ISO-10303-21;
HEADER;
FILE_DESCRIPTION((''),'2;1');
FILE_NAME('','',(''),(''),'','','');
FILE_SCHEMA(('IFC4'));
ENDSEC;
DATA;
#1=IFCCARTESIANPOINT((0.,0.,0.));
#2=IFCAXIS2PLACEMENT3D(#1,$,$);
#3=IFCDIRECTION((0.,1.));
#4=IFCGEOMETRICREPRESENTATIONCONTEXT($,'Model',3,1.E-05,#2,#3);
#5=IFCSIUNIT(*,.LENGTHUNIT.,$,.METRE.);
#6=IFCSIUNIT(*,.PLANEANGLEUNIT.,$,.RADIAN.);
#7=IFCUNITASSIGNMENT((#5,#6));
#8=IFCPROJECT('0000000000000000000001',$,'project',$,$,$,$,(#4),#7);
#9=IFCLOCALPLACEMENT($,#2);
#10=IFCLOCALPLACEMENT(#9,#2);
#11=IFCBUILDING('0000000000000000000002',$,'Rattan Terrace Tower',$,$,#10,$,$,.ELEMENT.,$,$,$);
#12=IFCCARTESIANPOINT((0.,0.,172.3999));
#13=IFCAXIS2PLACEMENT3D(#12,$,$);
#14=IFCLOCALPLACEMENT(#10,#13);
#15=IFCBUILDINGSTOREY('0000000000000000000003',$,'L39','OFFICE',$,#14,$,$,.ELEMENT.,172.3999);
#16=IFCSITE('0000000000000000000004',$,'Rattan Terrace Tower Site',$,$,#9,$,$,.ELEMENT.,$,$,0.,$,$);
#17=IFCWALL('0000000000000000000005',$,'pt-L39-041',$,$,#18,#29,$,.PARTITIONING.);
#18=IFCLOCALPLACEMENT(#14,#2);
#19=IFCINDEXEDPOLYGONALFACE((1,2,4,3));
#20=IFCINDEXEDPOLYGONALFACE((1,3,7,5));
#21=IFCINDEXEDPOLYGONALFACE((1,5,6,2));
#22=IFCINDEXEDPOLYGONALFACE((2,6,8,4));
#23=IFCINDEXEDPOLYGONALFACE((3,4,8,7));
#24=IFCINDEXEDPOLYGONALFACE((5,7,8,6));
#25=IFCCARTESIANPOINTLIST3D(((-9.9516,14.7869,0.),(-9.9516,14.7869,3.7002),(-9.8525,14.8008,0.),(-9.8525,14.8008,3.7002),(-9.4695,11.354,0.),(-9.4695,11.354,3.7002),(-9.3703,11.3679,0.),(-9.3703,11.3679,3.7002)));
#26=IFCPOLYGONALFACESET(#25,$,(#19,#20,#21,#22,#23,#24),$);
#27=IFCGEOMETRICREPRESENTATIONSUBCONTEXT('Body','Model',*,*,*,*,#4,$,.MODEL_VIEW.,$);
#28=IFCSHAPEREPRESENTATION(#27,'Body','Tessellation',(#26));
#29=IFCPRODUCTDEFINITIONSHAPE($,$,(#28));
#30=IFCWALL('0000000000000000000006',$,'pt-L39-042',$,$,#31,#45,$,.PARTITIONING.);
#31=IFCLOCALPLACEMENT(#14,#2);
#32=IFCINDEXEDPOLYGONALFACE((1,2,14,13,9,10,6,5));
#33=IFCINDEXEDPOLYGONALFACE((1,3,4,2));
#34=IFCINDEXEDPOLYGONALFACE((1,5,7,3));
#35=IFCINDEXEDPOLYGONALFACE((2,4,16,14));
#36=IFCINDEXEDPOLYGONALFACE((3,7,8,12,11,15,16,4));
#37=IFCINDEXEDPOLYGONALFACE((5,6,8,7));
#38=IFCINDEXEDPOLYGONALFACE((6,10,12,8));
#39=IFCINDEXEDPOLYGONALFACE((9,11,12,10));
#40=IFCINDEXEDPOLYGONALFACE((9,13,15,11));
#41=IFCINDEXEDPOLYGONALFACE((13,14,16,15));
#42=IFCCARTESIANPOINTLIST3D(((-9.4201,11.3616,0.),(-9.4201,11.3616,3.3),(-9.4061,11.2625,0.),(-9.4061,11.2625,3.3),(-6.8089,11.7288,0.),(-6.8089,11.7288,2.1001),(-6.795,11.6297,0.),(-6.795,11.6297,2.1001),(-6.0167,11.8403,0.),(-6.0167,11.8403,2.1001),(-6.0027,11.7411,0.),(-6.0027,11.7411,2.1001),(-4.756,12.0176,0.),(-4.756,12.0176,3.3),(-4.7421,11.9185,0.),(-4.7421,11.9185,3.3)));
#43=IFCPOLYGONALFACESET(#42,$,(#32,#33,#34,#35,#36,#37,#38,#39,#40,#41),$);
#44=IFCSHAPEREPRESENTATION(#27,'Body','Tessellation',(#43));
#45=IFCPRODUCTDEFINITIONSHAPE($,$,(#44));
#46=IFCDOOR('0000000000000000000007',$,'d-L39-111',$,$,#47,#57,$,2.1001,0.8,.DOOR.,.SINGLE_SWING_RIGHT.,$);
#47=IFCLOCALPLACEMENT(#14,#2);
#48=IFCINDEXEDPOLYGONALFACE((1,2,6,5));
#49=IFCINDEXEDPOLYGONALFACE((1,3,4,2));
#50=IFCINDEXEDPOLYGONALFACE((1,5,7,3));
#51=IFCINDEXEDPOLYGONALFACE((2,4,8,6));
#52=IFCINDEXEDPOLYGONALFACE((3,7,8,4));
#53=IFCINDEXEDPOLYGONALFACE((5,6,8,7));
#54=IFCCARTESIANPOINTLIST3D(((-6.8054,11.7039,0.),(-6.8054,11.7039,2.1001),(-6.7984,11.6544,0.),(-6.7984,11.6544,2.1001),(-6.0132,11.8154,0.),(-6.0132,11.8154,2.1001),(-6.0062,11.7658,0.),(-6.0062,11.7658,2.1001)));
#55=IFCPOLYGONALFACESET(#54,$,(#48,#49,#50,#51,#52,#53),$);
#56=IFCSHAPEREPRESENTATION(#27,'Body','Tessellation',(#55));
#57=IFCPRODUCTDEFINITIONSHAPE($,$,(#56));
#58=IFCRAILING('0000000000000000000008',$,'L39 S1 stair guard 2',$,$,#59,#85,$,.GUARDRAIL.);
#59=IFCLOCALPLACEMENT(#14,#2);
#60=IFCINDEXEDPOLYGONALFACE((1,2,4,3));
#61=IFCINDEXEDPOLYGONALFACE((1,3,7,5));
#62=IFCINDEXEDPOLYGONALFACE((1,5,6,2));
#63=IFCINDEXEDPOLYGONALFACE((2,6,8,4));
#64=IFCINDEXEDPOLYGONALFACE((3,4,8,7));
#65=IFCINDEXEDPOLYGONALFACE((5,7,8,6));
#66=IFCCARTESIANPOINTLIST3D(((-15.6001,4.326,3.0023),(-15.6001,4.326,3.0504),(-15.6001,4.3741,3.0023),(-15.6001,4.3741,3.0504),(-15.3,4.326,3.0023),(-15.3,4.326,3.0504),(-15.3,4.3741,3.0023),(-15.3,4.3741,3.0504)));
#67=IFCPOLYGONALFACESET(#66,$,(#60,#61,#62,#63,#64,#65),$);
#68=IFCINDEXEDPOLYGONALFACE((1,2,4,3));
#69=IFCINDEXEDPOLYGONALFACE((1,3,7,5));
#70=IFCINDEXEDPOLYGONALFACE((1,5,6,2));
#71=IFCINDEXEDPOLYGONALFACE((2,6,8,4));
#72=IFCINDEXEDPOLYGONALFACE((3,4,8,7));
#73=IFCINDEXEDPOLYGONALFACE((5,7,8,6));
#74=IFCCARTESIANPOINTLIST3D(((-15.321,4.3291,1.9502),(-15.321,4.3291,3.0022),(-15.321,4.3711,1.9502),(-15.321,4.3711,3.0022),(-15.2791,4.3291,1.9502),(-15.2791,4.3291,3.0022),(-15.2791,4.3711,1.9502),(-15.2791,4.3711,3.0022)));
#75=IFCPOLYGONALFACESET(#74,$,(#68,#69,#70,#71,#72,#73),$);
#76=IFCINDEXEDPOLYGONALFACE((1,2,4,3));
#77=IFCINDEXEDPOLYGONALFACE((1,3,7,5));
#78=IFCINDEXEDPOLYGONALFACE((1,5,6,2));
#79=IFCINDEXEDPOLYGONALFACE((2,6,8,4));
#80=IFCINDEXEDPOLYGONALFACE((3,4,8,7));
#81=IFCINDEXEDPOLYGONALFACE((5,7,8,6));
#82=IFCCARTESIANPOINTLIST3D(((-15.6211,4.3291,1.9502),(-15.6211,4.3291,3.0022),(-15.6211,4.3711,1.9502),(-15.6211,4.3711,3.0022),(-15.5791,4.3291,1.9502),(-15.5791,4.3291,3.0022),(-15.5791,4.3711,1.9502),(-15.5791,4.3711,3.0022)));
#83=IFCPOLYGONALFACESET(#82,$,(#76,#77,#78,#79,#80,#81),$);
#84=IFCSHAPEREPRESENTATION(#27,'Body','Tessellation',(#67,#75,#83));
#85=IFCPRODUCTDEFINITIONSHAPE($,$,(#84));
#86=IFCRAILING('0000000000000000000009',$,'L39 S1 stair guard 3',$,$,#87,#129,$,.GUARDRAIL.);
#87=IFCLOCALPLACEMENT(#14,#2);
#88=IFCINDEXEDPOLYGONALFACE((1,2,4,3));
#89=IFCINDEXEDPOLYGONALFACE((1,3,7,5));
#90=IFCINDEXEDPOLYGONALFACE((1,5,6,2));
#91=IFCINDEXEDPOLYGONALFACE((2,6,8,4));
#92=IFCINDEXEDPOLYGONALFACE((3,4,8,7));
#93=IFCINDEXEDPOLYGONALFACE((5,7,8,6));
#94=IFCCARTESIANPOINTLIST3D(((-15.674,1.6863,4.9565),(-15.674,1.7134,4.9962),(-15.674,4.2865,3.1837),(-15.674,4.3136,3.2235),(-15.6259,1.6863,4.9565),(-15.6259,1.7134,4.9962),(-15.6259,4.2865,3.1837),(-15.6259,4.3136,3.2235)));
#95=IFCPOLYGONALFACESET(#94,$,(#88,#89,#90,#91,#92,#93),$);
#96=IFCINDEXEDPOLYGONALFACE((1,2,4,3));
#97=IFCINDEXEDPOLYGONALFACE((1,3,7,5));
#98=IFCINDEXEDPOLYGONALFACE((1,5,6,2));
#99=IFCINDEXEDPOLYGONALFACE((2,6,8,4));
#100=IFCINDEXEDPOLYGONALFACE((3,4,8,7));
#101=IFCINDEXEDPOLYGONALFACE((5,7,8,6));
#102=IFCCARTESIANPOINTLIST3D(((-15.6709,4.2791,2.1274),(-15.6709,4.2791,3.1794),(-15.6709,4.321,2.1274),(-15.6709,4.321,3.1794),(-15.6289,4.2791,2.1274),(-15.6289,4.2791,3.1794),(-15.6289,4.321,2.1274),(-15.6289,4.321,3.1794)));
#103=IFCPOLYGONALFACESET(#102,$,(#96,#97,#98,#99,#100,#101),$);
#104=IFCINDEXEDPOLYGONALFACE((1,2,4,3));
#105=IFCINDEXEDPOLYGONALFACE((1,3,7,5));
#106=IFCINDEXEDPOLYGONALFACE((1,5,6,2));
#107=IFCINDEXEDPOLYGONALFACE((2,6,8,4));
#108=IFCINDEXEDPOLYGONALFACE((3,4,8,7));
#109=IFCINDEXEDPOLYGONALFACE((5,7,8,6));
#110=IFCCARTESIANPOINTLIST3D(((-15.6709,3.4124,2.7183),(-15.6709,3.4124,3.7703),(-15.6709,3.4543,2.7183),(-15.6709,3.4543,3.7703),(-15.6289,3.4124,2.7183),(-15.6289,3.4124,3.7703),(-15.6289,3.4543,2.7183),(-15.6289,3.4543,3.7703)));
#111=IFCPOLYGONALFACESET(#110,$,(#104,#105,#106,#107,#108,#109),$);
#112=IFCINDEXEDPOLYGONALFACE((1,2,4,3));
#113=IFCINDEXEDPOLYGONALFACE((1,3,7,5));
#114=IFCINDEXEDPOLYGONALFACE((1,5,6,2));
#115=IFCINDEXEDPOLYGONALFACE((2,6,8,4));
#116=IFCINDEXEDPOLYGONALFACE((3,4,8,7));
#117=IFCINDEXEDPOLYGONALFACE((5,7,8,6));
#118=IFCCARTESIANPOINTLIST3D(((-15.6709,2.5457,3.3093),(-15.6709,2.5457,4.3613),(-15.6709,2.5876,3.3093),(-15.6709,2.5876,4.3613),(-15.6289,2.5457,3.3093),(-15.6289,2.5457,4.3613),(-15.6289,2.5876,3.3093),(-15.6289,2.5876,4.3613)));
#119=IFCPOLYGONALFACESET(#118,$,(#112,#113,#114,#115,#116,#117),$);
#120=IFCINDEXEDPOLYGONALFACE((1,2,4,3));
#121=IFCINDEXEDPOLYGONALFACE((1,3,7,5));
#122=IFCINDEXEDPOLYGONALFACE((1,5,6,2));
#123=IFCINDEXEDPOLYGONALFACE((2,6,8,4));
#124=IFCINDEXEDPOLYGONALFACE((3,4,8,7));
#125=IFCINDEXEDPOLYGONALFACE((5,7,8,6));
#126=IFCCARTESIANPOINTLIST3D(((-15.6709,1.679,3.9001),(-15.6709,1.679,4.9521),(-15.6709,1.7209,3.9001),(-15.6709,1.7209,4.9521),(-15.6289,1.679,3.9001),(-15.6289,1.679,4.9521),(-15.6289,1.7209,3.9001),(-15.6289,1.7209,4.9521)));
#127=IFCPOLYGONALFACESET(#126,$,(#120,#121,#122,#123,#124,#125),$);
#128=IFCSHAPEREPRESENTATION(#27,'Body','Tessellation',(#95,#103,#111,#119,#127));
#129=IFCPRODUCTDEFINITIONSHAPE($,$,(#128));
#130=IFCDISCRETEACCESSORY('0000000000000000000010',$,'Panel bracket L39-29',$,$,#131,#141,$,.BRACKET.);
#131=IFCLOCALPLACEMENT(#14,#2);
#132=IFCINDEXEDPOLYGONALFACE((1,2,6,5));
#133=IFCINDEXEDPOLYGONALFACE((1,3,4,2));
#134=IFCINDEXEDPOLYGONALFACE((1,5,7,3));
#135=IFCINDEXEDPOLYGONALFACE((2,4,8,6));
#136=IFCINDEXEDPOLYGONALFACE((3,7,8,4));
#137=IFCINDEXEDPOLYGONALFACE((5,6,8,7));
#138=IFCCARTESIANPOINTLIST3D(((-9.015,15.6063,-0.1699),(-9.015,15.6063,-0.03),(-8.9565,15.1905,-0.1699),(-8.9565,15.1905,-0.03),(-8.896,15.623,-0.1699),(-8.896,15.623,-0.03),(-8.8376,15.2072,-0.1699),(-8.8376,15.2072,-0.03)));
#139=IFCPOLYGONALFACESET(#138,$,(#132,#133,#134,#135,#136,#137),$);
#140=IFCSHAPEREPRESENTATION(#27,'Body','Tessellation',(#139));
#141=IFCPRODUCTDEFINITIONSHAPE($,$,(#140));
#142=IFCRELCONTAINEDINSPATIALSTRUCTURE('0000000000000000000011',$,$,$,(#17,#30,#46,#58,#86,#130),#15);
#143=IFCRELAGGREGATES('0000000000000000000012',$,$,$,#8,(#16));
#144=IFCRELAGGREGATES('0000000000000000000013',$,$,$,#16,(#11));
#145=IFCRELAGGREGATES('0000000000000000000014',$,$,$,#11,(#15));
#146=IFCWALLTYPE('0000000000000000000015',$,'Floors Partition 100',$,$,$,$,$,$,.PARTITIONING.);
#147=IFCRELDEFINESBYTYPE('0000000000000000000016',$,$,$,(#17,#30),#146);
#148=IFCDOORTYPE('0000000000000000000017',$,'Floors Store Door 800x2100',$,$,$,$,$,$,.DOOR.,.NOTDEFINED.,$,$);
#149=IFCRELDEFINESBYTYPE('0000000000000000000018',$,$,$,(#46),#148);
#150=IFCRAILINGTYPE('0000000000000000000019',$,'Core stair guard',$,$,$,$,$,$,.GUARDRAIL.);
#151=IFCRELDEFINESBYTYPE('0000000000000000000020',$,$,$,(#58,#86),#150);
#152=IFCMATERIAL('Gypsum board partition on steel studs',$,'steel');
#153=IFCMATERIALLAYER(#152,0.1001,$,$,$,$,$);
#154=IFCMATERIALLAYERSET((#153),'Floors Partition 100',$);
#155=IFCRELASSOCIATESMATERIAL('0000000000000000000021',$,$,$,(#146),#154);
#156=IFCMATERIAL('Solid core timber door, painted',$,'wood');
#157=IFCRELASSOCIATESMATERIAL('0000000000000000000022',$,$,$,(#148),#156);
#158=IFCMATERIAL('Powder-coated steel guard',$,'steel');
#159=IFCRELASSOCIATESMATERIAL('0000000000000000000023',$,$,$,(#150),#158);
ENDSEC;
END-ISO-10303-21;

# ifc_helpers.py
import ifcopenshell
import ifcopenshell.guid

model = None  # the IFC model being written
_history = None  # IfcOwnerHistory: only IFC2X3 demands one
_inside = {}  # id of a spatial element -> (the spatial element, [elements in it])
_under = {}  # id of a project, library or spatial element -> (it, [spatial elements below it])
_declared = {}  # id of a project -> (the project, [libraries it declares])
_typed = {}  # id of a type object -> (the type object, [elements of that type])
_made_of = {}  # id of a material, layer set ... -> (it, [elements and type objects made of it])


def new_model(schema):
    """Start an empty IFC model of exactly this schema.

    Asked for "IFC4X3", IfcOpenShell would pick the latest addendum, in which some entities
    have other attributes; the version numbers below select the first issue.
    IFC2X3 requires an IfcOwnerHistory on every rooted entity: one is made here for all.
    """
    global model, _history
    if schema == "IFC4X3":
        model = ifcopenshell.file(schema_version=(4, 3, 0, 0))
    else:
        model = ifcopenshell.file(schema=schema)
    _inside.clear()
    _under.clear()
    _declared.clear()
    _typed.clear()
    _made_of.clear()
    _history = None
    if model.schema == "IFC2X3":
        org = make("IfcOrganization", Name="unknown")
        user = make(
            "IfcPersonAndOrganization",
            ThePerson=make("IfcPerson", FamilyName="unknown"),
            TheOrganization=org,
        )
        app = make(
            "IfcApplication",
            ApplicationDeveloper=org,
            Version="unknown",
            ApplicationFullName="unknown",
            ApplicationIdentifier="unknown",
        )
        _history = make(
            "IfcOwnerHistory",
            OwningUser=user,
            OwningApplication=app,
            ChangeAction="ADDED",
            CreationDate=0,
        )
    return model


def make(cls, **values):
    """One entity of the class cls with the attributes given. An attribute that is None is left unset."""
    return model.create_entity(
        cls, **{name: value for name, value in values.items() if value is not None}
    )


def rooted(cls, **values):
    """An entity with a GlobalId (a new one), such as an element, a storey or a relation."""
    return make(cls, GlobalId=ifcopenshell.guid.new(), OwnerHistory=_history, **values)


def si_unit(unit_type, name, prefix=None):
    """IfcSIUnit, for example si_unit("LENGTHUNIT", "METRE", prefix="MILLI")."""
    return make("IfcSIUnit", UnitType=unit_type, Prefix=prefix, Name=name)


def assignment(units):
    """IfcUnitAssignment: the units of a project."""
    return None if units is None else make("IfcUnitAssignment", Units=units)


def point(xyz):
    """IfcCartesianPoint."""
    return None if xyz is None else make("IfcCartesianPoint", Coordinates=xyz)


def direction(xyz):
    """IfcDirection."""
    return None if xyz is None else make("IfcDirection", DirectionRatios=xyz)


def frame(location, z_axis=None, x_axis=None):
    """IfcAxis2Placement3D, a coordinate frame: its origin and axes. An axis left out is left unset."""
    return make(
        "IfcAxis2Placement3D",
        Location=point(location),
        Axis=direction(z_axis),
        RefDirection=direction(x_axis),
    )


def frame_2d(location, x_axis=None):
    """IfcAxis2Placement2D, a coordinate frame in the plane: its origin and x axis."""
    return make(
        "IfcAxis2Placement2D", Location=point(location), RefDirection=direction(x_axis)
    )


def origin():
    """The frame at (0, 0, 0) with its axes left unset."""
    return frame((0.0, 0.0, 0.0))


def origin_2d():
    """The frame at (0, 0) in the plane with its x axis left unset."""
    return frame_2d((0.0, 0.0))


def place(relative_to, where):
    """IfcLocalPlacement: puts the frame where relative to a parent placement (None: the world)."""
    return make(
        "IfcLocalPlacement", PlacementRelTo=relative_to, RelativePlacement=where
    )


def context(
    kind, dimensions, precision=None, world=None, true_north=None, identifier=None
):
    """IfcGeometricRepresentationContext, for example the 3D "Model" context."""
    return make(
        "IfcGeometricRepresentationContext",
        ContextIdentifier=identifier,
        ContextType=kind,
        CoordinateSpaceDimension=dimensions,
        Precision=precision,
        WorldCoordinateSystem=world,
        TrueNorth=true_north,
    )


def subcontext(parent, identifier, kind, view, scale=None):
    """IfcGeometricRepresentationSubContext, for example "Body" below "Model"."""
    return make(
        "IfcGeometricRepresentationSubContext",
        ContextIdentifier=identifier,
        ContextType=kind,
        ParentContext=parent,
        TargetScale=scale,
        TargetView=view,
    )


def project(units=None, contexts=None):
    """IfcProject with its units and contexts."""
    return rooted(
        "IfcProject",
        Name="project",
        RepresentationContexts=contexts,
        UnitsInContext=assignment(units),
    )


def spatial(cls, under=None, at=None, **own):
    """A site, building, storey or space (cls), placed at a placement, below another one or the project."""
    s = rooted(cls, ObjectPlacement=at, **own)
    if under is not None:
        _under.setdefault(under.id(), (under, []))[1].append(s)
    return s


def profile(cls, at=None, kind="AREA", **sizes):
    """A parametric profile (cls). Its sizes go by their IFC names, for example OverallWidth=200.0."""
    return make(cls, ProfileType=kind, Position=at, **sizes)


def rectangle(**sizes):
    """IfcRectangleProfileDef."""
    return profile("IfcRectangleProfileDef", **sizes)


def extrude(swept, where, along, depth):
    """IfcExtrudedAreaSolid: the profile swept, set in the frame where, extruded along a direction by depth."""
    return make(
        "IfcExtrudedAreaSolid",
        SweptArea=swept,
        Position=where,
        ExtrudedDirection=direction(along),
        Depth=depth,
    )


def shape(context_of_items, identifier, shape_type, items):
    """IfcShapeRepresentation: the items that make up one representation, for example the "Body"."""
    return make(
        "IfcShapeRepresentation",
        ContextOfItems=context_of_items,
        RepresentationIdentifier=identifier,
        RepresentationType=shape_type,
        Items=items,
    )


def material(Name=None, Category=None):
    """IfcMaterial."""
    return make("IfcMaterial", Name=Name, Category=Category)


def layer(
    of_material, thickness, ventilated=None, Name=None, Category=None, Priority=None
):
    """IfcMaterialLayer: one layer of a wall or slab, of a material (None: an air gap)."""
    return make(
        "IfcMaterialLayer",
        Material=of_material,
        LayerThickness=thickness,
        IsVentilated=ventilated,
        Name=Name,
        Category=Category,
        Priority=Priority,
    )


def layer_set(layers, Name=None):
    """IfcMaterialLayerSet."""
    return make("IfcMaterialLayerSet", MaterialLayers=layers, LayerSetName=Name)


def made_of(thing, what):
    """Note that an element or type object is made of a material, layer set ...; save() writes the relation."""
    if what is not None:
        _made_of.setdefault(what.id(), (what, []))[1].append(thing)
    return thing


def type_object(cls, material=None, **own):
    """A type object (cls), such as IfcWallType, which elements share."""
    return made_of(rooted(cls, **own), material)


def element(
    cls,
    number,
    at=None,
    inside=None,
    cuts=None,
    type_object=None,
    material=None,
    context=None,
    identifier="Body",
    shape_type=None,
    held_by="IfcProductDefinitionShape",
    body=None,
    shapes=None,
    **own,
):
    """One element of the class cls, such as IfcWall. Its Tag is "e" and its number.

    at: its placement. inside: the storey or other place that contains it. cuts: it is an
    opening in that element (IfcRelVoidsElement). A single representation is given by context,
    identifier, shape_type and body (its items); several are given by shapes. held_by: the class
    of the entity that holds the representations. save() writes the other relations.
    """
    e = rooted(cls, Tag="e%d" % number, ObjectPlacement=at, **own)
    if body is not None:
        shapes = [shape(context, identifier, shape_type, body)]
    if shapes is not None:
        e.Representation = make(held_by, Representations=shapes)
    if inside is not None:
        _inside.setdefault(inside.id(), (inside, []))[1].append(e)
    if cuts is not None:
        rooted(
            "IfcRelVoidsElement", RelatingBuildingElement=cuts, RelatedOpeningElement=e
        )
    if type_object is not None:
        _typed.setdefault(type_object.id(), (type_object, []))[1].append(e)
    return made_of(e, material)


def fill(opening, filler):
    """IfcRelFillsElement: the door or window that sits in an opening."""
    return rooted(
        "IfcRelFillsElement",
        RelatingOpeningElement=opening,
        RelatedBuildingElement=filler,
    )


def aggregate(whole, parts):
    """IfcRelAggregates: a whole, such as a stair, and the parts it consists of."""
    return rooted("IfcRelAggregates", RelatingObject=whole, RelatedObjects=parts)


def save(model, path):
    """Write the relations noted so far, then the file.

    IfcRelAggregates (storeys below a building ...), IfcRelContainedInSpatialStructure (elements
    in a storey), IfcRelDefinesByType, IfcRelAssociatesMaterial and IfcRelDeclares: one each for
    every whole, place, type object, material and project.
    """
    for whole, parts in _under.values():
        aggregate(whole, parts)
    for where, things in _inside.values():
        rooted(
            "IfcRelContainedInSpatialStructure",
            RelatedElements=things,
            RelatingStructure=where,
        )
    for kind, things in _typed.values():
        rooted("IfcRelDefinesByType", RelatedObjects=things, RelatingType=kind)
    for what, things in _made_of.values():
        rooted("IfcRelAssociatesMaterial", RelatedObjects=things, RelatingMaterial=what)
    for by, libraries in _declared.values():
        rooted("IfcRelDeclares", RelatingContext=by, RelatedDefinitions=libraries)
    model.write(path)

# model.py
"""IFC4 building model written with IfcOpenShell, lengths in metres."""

from ifc_helpers import new_model, si_unit, direction, frame, frame_2d, origin, origin_2d, place, context, subcontext, project, spatial, rectangle, extrude, material, layer, layer_set, type_object, element, fill, save


model = new_model("IFC4")

# Units and contexts
model_context = context("Model", 3, precision=1e-05, world=origin(), true_north=direction((0.0, 1.0)))
body_context = subcontext(model_context, "Body", "Model", "MODEL_VIEW")
ifc_project = project(units=[si_unit("LENGTHUNIT", "METRE"), si_unit("PLANEANGLEUNIT", "RADIAN")], contexts=[model_context])

# Site, building, storey
site_placement = place(None, origin())
site = spatial("IfcSite", under=ifc_project, at=site_placement, Name="Rattan Terrace Tower Site", CompositionType="ELEMENT", RefElevation=0.0)
building_placement = place(site_placement, origin())
building = spatial("IfcBuilding", under=site, at=building_placement, Name="Rattan Terrace Tower", CompositionType="ELEMENT")
storey_placement = place(building_placement, frame((0.0, 0.0, 172.3999)))
storey = spatial("IfcBuildingStorey", under=building, at=storey_placement, Name="L39", Description="OFFICE", CompositionType="ELEMENT", Elevation=172.3999)

# Wall
ifc_material_1 = material(Name="Gypsum board partition on steel studs", Category="steel")
ifc_layer_1 = layer(ifc_material_1, 0.1001)
ifc_layer_set_1 = layer_set([ifc_layer_1], Name="Floors Partition 100")
wall_type_1 = type_object("IfcWallType", Name="Floors Partition 100", PredefinedType="PARTITIONING", material=ifc_layer_set_1)
wall_1_placement = place(storey_placement, frame((-9.9021, 14.7939, 0.0), z_axis=(0.0, 0.0, 1.0), x_axis=(0.139094, -0.990279, 0.0)))
element("IfcWall", 1, at=wall_1_placement, inside=storey, type_object=wall_type_1, Name="pt-L39-041", PredefinedType="PARTITIONING", context=body_context, shape_type="SweptSolid", body=[
    extrude(rectangle(XDim=3.4666, YDim=0.1001, at=frame_2d((1.7334, 0.0))), origin(), (0.0, 0.0, 1.0), 3.7002),
])

# Wall, opening, door
wall_2_placement = place(storey_placement, frame((-9.4131, 11.312, 0.0), z_axis=(0.0, 0.0, 1.0), x_axis=(0.990253, 0.13928, 0.0)))
wall_2 = element("IfcWall", 2, at=wall_2_placement, inside=storey, type_object=wall_type_1, Name="pt-L39-042", PredefinedType="PARTITIONING", context=body_context, shape_type="SweptSolid", body=[
    extrude(rectangle(XDim=4.71, YDim=0.1001, at=frame_2d((2.355, 0.0))), origin(), (0.0, 0.0, 1.0), 3.3),
])
opening_placement = place(wall_2_placement, frame((2.637, 0.0, 0.0)))
opening = element("IfcOpeningElement", 3, at=opening_placement, cuts=wall_2, PredefinedType="OPENING", context=body_context, shape_type="SweptSolid", body=[
    extrude(rectangle(XDim=0.8, YDim=2.1001, at=frame_2d((0.3999, 1.05))), frame((0.0, 0.0605, 0.0), z_axis=(0.0, -1.0, 0.0), x_axis=(1.0, 0.0, 0.0)), (0.0, 0.0, 1.0), 0.1211),
])
ifc_material_2 = material(Name="Solid core timber door, painted", Category="wood")
door_type = type_object("IfcDoorType", Name="Floors Store Door 800x2100", OperationType="NOTDEFINED", PredefinedType="DOOR", material=ifc_material_2)
door_placement = place(opening_placement, origin())
door = element("IfcDoor", 4, at=door_placement, inside=storey, type_object=door_type, Name="d-L39-111", OperationType="SINGLE_SWING_RIGHT", OverallHeight=2.1001, OverallWidth=0.8, PredefinedType="DOOR", context=body_context, shape_type="SweptSolid", body=[
    extrude(rectangle(XDim=0.8, YDim=2.1001, at=frame_2d((0.3999, 1.05))), frame((0.0, 0.0249, 0.0), z_axis=(0.0, -1.0, 0.0), x_axis=(1.0, 0.0, 0.0)), (0.0, 0.0, 1.0), 0.05),
])
fill(opening, door)

# Railings
ifc_material_3 = material(Name="Powder-coated steel guard", Category="steel")
railing_type = type_object("IfcRailingType", Name="Core stair guard", PredefinedType="GUARDRAIL", material=ifc_material_3)
railing_1_placement = place(storey_placement, frame((-15.3, 4.3501, 1.9502)))
element("IfcRailing", 5, at=railing_1_placement, inside=storey, type_object=railing_type, Name="L39 S1 stair guard 2", PredefinedType="GUARDRAIL", context=body_context, shape_type="SweptSolid", body=[
    extrude(rectangle(XDim=0.0481, YDim=0.0481, at=origin_2d()), frame((0.0, 0.0, 1.0762), z_axis=(-1.0, 0.0, 0.0), x_axis=(0.0, -1.0, 0.0)), (0.0, 0.0, 1.0), 0.3),
    extrude(rectangle(XDim=0.042, YDim=0.042, at=origin_2d()), origin(), (0.0, 0.0, 1.0), 1.052),
    extrude(rectangle(XDim=0.042, YDim=0.042, at=origin_2d()), frame((-0.3, 0.0, 0.0)), (0.0, 0.0, 1.0), 1.052),
])
railing_2_placement = place(storey_placement, frame((-15.6499, 4.3, 2.1274)))
element("IfcRailing", 6, at=railing_2_placement, inside=storey, type_object=railing_type, Name="L39 S1 stair guard 3", PredefinedType="GUARDRAIL", context=body_context, shape_type="SweptSolid", body=[
    extrude(rectangle(XDim=0.0481, YDim=0.0481, at=origin_2d()), frame((0.0, 0.0, 1.0762), z_axis=(0.0, -0.82624, 0.563318), x_axis=(1.0, 0.0, 0.0)), (0.0, 0.0, 1.0), 3.147),
    extrude(rectangle(XDim=0.042, YDim=0.042, at=origin_2d()), origin(), (0.0, 0.0, 1.0), 1.052),
    extrude(rectangle(XDim=0.042, YDim=0.042, at=origin_2d()), frame((0.0, -0.8667, 0.5908)), (0.0, 0.0, 1.0), 1.052),
    extrude(rectangle(XDim=0.042, YDim=0.042, at=origin_2d()), frame((0.0, -1.7334, 1.1819)), (0.0, 0.0, 1.0), 1.052),
    extrude(rectangle(XDim=0.042, YDim=0.042, at=origin_2d()), frame((0.0, -2.6001, 1.7727)), (0.0, 0.0, 1.0), 1.052),
])

# Discrete accessory
discrete_accessory_placement = place(storey_placement, frame((-8.9263, 15.4067, -0.1699), z_axis=(0.0, 0.0, 1.0), x_axis=(-0.99027, -0.139161, 0.0)))
element("IfcDiscreteAccessory", 7, at=discrete_accessory_placement, inside=storey, Name="Panel bracket L39-29", PredefinedType="BRACKET", context=body_context, shape_type="SweptSolid", body=[
    extrude(rectangle(XDim=0.1201, YDim=0.4199, at=origin_2d()), origin(), (0.0, 0.0, 1.0), 0.1399),
])

save(model, "model.ifc")
